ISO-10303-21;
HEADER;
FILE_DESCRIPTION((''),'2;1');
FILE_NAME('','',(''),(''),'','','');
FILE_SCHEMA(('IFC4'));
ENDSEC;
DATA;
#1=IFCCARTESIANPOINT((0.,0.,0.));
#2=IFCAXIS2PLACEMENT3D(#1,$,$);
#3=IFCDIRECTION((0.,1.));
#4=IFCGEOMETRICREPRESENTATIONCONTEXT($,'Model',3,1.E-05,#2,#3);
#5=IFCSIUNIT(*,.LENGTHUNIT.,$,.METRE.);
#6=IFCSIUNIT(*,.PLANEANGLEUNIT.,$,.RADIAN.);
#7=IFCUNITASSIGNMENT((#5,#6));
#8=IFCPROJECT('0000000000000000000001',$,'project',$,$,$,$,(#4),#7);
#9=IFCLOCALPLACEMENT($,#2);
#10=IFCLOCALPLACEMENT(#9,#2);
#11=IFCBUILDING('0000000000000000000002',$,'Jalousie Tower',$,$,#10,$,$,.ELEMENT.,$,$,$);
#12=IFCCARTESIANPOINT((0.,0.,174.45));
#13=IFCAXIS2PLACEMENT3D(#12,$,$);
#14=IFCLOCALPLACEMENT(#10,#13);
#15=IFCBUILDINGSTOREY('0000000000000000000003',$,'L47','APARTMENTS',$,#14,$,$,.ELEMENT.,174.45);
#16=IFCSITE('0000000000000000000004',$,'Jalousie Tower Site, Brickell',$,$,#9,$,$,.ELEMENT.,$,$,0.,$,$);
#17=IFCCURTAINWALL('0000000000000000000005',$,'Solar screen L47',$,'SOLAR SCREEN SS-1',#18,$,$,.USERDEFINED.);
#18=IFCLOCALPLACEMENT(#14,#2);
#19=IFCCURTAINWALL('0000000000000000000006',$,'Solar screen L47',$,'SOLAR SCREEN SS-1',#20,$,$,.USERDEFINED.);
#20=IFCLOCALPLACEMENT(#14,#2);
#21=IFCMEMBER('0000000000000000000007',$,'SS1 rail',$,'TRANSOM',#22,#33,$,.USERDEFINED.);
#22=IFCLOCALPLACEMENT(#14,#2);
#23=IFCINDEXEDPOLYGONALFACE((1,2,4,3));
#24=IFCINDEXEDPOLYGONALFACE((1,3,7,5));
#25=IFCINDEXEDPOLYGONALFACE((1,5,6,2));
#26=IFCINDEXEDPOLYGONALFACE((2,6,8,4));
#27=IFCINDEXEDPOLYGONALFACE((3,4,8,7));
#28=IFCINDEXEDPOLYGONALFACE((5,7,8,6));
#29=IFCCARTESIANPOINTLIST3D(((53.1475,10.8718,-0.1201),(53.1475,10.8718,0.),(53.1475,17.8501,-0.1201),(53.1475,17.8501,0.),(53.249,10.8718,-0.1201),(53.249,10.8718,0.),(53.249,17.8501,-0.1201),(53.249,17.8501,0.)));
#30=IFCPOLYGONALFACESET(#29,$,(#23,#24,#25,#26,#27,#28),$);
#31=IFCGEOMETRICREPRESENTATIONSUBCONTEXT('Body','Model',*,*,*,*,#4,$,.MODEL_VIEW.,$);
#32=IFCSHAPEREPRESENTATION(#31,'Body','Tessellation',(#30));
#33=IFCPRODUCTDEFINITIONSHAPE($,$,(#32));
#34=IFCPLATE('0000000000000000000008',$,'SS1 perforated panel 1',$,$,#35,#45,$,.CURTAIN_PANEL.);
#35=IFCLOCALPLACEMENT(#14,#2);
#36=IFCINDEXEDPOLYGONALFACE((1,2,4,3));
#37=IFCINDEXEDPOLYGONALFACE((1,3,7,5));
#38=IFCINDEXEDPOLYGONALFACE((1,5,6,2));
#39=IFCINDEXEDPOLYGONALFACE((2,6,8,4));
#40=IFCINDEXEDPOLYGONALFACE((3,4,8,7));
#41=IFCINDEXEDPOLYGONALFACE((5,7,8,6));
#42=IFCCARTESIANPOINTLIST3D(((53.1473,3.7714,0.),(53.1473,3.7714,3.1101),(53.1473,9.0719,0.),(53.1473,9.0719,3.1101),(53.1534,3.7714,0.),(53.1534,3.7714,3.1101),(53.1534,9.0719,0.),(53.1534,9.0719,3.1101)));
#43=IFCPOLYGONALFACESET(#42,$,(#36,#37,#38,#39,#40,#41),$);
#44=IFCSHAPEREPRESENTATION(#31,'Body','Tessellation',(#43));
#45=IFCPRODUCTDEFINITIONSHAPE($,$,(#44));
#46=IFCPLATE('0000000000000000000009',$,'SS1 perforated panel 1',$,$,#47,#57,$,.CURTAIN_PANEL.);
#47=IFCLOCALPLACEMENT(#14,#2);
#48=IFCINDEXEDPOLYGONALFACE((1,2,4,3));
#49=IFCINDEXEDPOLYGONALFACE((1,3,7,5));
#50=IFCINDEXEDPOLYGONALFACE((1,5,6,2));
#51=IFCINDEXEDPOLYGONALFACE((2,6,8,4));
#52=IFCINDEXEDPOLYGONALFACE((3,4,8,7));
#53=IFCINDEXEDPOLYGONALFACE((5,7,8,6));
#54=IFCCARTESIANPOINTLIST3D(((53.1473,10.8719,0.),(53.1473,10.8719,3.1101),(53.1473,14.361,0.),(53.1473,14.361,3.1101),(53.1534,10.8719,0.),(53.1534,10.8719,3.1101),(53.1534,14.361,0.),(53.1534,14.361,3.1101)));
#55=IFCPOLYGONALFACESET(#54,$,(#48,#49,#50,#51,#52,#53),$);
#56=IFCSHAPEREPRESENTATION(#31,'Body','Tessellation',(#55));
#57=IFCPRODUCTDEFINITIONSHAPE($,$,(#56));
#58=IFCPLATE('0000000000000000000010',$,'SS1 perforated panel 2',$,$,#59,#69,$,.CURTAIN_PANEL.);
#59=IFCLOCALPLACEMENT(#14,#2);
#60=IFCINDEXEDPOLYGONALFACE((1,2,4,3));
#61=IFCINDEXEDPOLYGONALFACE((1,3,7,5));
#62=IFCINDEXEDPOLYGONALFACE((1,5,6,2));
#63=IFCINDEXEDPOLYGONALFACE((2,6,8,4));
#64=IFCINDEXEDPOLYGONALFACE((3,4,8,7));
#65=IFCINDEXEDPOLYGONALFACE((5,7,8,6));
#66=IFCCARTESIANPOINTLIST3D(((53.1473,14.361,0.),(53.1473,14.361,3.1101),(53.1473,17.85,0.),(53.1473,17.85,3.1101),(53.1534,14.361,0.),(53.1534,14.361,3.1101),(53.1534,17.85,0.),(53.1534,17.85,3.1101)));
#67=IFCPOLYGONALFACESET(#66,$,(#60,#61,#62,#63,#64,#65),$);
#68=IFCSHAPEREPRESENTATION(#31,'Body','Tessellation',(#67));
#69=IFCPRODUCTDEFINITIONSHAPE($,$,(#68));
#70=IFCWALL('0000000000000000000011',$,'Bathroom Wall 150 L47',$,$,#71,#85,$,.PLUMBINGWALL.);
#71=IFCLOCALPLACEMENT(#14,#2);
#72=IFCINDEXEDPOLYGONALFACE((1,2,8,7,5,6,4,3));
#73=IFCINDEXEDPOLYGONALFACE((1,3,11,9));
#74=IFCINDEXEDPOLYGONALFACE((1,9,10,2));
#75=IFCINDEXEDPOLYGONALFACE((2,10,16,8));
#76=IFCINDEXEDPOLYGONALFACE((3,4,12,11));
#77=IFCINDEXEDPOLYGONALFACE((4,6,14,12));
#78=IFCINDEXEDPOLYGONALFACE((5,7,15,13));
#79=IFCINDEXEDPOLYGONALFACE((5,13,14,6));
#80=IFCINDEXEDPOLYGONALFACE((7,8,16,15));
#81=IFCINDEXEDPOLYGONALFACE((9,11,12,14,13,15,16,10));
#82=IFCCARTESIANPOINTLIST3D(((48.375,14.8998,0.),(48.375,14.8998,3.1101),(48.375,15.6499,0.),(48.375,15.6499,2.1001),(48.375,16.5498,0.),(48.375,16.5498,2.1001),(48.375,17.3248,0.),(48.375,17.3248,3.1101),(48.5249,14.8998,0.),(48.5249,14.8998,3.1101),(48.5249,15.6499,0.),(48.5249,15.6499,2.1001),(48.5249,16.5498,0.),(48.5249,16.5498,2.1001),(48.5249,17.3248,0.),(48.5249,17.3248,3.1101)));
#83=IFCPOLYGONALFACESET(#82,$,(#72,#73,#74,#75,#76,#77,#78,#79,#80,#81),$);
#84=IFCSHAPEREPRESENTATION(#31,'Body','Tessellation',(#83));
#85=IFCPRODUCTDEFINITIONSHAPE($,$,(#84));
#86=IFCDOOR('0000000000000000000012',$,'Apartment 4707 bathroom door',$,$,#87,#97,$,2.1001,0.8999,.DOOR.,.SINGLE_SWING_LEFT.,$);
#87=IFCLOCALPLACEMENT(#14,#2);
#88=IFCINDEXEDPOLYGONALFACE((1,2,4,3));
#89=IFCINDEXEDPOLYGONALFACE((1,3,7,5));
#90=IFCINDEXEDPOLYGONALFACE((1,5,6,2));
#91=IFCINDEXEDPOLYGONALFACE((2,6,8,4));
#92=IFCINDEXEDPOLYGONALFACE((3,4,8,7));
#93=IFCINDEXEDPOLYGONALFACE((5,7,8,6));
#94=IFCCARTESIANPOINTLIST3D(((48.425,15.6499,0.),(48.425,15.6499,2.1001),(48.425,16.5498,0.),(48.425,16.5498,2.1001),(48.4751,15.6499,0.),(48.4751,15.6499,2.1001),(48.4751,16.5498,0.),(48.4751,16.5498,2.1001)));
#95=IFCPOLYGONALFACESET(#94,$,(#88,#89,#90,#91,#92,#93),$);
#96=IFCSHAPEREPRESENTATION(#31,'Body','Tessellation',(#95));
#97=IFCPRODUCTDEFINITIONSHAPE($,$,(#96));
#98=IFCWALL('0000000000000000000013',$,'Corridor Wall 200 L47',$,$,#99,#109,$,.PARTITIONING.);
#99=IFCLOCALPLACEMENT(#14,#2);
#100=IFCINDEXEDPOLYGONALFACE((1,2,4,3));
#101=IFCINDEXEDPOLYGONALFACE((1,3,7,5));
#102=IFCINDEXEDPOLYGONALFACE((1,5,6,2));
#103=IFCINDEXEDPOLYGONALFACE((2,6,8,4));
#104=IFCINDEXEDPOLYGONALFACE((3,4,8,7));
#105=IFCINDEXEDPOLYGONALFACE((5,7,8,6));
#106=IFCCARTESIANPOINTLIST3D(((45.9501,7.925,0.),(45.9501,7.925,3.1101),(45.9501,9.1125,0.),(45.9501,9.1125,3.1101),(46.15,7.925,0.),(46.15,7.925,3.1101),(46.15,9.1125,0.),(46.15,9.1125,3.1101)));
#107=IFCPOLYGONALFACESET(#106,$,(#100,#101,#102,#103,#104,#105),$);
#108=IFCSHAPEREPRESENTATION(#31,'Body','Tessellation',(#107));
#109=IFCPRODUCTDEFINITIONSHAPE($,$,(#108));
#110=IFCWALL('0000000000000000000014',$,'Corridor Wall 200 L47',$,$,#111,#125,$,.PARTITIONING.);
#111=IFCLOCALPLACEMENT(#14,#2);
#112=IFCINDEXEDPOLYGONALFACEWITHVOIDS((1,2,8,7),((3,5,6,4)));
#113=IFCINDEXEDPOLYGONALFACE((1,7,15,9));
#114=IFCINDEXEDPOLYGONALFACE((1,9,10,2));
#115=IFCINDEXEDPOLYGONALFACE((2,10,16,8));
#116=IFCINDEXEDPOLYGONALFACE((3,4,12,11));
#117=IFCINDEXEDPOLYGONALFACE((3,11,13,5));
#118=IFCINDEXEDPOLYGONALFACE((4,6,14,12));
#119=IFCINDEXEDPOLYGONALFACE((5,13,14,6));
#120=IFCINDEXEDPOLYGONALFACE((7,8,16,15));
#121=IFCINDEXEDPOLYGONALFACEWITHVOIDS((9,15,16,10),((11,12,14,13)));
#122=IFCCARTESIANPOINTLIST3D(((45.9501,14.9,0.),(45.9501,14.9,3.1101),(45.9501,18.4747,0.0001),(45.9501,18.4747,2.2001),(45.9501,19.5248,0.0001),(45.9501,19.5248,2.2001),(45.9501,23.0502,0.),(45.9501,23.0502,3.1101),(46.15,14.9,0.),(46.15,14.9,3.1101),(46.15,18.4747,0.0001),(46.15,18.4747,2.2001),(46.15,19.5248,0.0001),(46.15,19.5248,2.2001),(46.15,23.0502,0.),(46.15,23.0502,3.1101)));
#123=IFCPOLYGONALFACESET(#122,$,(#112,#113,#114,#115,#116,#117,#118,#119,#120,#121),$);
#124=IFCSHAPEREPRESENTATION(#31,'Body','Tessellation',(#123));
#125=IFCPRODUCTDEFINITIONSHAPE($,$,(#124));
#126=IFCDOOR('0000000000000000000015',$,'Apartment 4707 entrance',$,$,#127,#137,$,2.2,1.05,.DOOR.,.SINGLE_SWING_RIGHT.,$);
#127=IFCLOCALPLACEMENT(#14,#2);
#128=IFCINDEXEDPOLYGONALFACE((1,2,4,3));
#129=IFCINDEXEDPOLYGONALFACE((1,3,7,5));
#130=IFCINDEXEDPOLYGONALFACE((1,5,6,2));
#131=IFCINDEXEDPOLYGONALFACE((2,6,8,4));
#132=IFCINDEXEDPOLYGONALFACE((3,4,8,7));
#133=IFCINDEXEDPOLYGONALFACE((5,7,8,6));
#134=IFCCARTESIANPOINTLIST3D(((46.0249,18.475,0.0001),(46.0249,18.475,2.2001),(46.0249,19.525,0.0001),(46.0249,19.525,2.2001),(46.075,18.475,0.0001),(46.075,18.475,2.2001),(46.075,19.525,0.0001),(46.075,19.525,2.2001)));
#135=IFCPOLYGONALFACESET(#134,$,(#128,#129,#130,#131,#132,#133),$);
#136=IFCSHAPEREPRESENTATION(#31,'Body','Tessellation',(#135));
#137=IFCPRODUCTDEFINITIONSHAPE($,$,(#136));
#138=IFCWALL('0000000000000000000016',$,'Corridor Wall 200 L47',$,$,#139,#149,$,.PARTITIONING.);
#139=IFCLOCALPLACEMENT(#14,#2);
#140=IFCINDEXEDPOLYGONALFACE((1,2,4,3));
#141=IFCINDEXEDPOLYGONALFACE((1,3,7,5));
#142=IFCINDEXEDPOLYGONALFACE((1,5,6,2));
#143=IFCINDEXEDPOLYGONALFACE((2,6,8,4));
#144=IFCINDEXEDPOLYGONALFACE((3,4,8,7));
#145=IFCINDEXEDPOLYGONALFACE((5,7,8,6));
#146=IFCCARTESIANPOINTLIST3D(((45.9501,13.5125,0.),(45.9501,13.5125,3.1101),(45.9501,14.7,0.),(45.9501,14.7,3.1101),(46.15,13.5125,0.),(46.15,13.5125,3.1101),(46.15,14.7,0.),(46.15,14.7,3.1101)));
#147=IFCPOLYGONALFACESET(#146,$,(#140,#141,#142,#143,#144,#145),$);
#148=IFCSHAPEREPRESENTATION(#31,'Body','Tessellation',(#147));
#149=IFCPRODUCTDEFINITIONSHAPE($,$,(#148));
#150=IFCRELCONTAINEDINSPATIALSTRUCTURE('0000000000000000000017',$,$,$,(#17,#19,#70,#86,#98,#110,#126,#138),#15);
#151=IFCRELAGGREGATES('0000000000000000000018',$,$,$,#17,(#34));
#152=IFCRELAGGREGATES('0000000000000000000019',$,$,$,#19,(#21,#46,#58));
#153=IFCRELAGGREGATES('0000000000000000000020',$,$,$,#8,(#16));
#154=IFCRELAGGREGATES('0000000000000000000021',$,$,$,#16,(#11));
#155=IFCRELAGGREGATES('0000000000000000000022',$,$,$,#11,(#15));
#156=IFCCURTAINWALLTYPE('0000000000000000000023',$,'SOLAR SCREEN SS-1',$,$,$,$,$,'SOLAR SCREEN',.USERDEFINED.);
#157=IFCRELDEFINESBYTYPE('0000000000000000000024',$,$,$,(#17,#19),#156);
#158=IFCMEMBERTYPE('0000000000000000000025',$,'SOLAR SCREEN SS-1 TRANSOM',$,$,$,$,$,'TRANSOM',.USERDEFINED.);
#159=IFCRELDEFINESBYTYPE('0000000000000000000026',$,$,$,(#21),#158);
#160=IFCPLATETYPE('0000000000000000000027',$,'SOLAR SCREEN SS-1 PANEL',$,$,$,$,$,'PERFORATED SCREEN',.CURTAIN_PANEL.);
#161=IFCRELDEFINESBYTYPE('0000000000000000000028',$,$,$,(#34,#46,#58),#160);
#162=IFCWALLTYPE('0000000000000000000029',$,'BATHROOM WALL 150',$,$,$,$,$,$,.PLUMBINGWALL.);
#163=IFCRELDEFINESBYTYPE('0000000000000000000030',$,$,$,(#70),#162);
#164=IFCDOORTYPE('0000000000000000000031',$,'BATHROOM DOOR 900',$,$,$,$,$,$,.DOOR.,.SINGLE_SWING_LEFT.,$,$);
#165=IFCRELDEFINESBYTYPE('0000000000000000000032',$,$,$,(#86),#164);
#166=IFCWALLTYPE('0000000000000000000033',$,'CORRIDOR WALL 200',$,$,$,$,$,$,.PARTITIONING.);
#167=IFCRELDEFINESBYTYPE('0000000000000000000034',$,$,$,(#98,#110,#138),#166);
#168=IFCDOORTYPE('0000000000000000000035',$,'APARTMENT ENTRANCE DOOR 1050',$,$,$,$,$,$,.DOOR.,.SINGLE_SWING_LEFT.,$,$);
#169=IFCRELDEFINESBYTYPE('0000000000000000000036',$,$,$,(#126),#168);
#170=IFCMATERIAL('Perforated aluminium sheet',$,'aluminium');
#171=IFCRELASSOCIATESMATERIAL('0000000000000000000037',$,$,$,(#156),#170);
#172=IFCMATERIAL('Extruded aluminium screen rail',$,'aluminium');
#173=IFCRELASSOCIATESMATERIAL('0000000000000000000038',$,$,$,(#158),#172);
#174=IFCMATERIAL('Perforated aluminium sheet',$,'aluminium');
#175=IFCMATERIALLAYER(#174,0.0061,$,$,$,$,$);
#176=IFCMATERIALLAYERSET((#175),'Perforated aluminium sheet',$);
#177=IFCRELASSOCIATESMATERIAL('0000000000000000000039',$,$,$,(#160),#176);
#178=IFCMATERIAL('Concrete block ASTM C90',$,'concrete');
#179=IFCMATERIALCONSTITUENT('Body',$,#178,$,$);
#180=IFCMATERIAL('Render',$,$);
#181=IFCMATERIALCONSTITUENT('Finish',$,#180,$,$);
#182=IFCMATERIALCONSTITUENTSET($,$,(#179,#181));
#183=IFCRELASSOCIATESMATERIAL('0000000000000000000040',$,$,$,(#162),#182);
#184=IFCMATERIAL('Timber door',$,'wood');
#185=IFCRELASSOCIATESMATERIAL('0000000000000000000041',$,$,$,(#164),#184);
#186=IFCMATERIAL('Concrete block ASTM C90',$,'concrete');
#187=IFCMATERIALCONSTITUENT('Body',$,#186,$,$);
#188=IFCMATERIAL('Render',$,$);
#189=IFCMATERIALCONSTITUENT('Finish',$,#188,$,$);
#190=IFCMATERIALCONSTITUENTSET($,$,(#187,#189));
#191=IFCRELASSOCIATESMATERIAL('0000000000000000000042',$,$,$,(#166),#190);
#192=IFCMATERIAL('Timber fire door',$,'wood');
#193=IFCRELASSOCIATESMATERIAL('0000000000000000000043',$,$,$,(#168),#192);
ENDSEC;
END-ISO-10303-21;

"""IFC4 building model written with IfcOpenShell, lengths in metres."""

from ifc_helpers import new_model, si_unit, direction, frame, frame_2d, origin, origin_2d, place, context, subcontext, project, spatial, rectangle, extrude, material, layer, layer_set, constituent, constituent_set, material_profile, profile_set, type_object, element, fill, aggregate, save


model = new_model("IFC4")

# Units and contexts
model_context = context("Model", 3, precision=1e-05, world=origin(), true_north=direction((0.0, 1.0)))
body_context = subcontext(model_context, "Body", "Model", "MODEL_VIEW")
ifc_project = project(units=[si_unit("LENGTHUNIT", "METRE"), si_unit("PLANEANGLEUNIT", "RADIAN")], contexts=[model_context])

# Site, building, storey
site_placement = place(None, origin())
site = spatial("IfcSite", under=ifc_project, at=site_placement, Name="Jalousie Tower Site, Brickell", CompositionType="ELEMENT", RefElevation=0.0)
building_placement = place(site_placement, origin())
building = spatial("IfcBuilding", under=site, at=building_placement, Name="Jalousie Tower", CompositionType="ELEMENT")
storey_placement = place(building_placement, frame((0.0, 0.0, 174.45)))
storey = spatial("IfcBuildingStorey", under=building, at=storey_placement, Name="L47", Description="APARTMENTS", CompositionType="ELEMENT", Elevation=174.45)

# Curtain wall
ifc_material_1 = material(Name="Perforated aluminium sheet", Category="aluminium")
curtain_wall_type = type_object("IfcCurtainWallType", Name="SOLAR SCREEN SS-1", ElementType="SOLAR SCREEN", PredefinedType="USERDEFINED", material=ifc_material_1)
curtain_wall_1_placement = place(storey_placement, origin())
curtain_wall_1 = element("IfcCurtainWall", 1, at=curtain_wall_1_placement, inside=storey, type_object=curtain_wall_type, Name="Solar screen L47", ObjectType="SOLAR SCREEN SS-1", PredefinedType="USERDEFINED")

# Curtain wall, member
curtain_wall_2_placement = place(storey_placement, origin())
curtain_wall_2 = element("IfcCurtainWall", 2, at=curtain_wall_2_placement, inside=storey, type_object=curtain_wall_type, Name="Solar screen L47", ObjectType="SOLAR SCREEN SS-1", PredefinedType="USERDEFINED")
ifc_material_2 = material(Name="Extruded aluminium screen rail", Category="aluminium")
ifc_material_profile_1 = material_profile(ifc_material_2, rectangle(XDim=0.1016, YDim=0.1201, at=origin_2d()), Name="RAIL 102x120")
ifc_profile_set_1 = profile_set([ifc_material_profile_1], Name="Extruded aluminium screen rail")
member_type_1 = type_object("IfcMemberType", Name="SOLAR SCREEN SS-1 TRANSOM", ElementType="TRANSOM", PredefinedType="USERDEFINED", material=ifc_profile_set_1)
member_1_placement = place(storey_placement, frame((53.1982, 10.8718, -0.0601), z_axis=(0.0, 1.0, 0.0), x_axis=(-1.0, 0.0, 0.0)))
member_1 = element("IfcMember", 3, at=member_1_placement, type_object=member_type_1, Name="SS1 rail", ObjectType="TRANSOM", PredefinedType="USERDEFINED", context=body_context, shape_type="SweptSolid", body=[
    extrude(rectangle(XDim=0.1016, YDim=0.1201, at=origin_2d()), origin(), (0.0, 0.0, 1.0), 6.9783),
])

# Plates
ifc_material_3 = material(Name="Perforated aluminium sheet", Category="aluminium")
ifc_layer_1 = layer(ifc_material_3, 0.0061)
ifc_layer_set_1 = layer_set([ifc_layer_1], Name="Perforated aluminium sheet")
plate_type = type_object("IfcPlateType", Name="SOLAR SCREEN SS-1 PANEL", ElementType="PERFORATED SCREEN", PredefinedType="CURTAIN_PANEL", material=ifc_layer_set_1)
plate_1_placement = place(storey_placement, frame((53.1504, 6.4216, 0.0), z_axis=(0.0, 0.0, 1.0), x_axis=(0.0, 1.0, 0.0)))
plate_1 = element("IfcPlate", 4, at=plate_1_placement, type_object=plate_type, Name="SS1 perforated panel 1", PredefinedType="CURTAIN_PANEL", context=body_context, shape_type="SweptSolid", body=[
    extrude(rectangle(XDim=5.3005, YDim=0.0061, at=origin_2d()), origin(), (0.0, 0.0, 1.0), 3.1101),
])
aggregate(curtain_wall_1, [plate_1])
plate_2_placement = place(storey_placement, frame((53.1504, 12.6165, 0.0), z_axis=(0.0, 0.0, 1.0), x_axis=(0.0, 1.0, 0.0)))
plate_2 = element("IfcPlate", 5, at=plate_2_placement, type_object=plate_type, Name="SS1 perforated panel 1", PredefinedType="CURTAIN_PANEL", context=body_context, shape_type="SweptSolid", body=[
    extrude(rectangle(XDim=3.489, YDim=0.0061, at=origin_2d()), origin(), (0.0, 0.0, 1.0), 3.1101),
])
plate_3_placement = place(storey_placement, frame((53.1504, 16.1055, 0.0), z_axis=(0.0, 0.0, 1.0), x_axis=(0.0, 1.0, 0.0)))
plate_3 = element("IfcPlate", 6, at=plate_3_placement, type_object=plate_type, Name="SS1 perforated panel 2", PredefinedType="CURTAIN_PANEL", context=body_context, shape_type="SweptSolid", body=[
    extrude(rectangle(XDim=3.489, YDim=0.0061, at=origin_2d()), origin(), (0.0, 0.0, 1.0), 3.1101),
])
aggregate(curtain_wall_2, [member_1, plate_2, plate_3])

# Wall, opening, door
ifc_material_4 = material(Name="Concrete block ASTM C90", Category="concrete")
ifc_constituent_1 = constituent(ifc_material_4, Name="Body")
ifc_material_5 = material(Name="Render")
ifc_constituent_2 = constituent(ifc_material_5, Name="Finish")
ifc_constituent_set_1 = constituent_set(constituents=[ifc_constituent_1, ifc_constituent_2])
wall_type_1 = type_object("IfcWallType", Name="BATHROOM WALL 150", PredefinedType="PLUMBINGWALL", material=ifc_constituent_set_1)
wall_1_placement = place(storey_placement, frame((48.45, 14.8999, 0.0), z_axis=(0.0, 0.0, 1.0), x_axis=(0.0, 1.0, 0.0)))
wall_1 = element("IfcWall", 7, at=wall_1_placement, inside=storey, type_object=wall_type_1, Name="Bathroom Wall 150 L47", PredefinedType="PLUMBINGWALL", context=body_context, shape_type="SweptSolid", body=[
    extrude(rectangle(XDim=2.425, YDim=0.1499, at=frame_2d((1.2124, 0.0))), origin(), (0.0, 0.0, 1.0), 3.1101),
])
opening_1_placement = place(wall_1_placement, frame((0.75, 0.0, 0.0)))
opening_1 = element("IfcOpeningElement", 8, at=opening_1_placement, cuts=wall_1, PredefinedType="OPENING", context=body_context, shape_type="SweptSolid", body=[
    extrude(rectangle(XDim=0.8999, YDim=2.1001, at=frame_2d((0.45, 1.05))), frame((0.0, 0.085, 0.0), z_axis=(0.0, -1.0, 0.0), x_axis=(1.0, 0.0, 0.0)), (0.0, 0.0, 1.0), 0.1699),
])
ifc_material_6 = material(Name="Timber door", Category="wood")
door_type_1 = type_object("IfcDoorType", Name="BATHROOM DOOR 900", OperationType="SINGLE_SWING_LEFT", PredefinedType="DOOR", material=ifc_material_6)
door_1_placement = place(opening_1_placement, origin())
door_1 = element("IfcDoor", 9, at=door_1_placement, inside=storey, type_object=door_type_1, Name="Apartment 4707 bathroom door", OperationType="SINGLE_SWING_LEFT", OverallHeight=2.1001, OverallWidth=0.8999, PredefinedType="DOOR", context=body_context, shape_type="SweptSolid", body=[
    extrude(rectangle(XDim=0.8999, YDim=2.1001, at=frame_2d((0.45, 1.05))), frame((0.0, 0.0249, 0.0), z_axis=(0.0, -1.0, 0.0), x_axis=(1.0, 0.0, 0.0)), (0.0, 0.0, 1.0), 0.05),
])
fill(opening_1, door_1)

# Wall
ifc_material_7 = material(Name="Concrete block ASTM C90", Category="concrete")
ifc_constituent_3 = constituent(ifc_material_7, Name="Body")
ifc_material_8 = material(Name="Render")
ifc_constituent_4 = constituent(ifc_material_8, Name="Finish")
ifc_constituent_set_2 = constituent_set(constituents=[ifc_constituent_3, ifc_constituent_4])
wall_type_2 = type_object("IfcWallType", Name="CORRIDOR WALL 200", PredefinedType="PARTITIONING", material=ifc_constituent_set_2)
wall_2_placement = place(storey_placement, frame((46.05, 7.925, 0.0), z_axis=(0.0, 0.0, 1.0), x_axis=(0.0, 1.0, 0.0)))
element("IfcWall", 10, at=wall_2_placement, inside=storey, type_object=wall_type_2, Name="Corridor Wall 200 L47", PredefinedType="PARTITIONING", context=body_context, shape_type="SweptSolid", body=[
    extrude(rectangle(XDim=1.1875, YDim=0.2, at=frame_2d((0.5938, 0.0))), origin(), (0.0, 0.0, 1.0), 3.1101),
])

# Wall, opening, door
wall_3_placement = place(storey_placement, frame((46.05, 14.8999, 0.0), z_axis=(0.0, 0.0, 1.0), x_axis=(0.0, 1.0, 0.0)))
wall_3 = element("IfcWall", 11, at=wall_3_placement, inside=storey, type_object=wall_type_2, Name="Corridor Wall 200 L47", PredefinedType="PARTITIONING", context=body_context, shape_type="SweptSolid", body=[
    extrude(rectangle(XDim=8.1501, YDim=0.2, at=frame_2d((4.0752, 0.0))), origin(), (0.0, 0.0, 1.0), 3.1101),
])
opening_2_placement = place(wall_3_placement, frame((3.575, 0.0, 0.0)))
opening_2 = element("IfcOpeningElement", 12, at=opening_2_placement, cuts=wall_3, PredefinedType="OPENING", context=body_context, shape_type="SweptSolid", body=[
    extrude(rectangle(XDim=1.05, YDim=2.2, at=frame_2d((0.5249, 1.1001))), frame((0.0, 0.1099, 0.0), z_axis=(0.0, -1.0, 0.0), x_axis=(1.0, 0.0, 0.0)), (0.0, 0.0, 1.0), 0.22),
])
ifc_material_9 = material(Name="Timber fire door", Category="wood")
door_type_2 = type_object("IfcDoorType", Name="APARTMENT ENTRANCE DOOR 1050", OperationType="SINGLE_SWING_LEFT", PredefinedType="DOOR", material=ifc_material_9)
door_2_placement = place(opening_2_placement, frame((1.05, 0.0, 0.0), z_axis=(0.0, 0.0, 1.0), x_axis=(-1.0, 0.0, 0.0)))
door_2 = element("IfcDoor", 13, at=door_2_placement, inside=storey, type_object=door_type_2, Name="Apartment 4707 entrance", OperationType="SINGLE_SWING_RIGHT", OverallHeight=2.2, OverallWidth=1.05, PredefinedType="DOOR", context=body_context, shape_type="SweptSolid", body=[
    extrude(rectangle(XDim=1.05, YDim=2.2, at=frame_2d((0.5249, 1.1001))), frame((0.0, 0.0249, 0.0), z_axis=(0.0, -1.0, 0.0), x_axis=(1.0, 0.0, 0.0)), (0.0, 0.0, 1.0), 0.05),
])
fill(opening_2, door_2)

# Wall
wall_4_placement = place(storey_placement, frame((46.05, 13.5125, 0.0), z_axis=(0.0, 0.0, 1.0), x_axis=(0.0, 1.0, 0.0)))
element("IfcWall", 14, at=wall_4_placement, inside=storey, type_object=wall_type_2, Name="Corridor Wall 200 L47", PredefinedType="PARTITIONING", context=body_context, shape_type="SweptSolid", body=[
    extrude(rectangle(XDim=1.1875, YDim=0.2, at=frame_2d((0.5938, 0.0))), origin(), (0.0, 0.0, 1.0), 3.1101),
])

save(model, "model.ifc")
